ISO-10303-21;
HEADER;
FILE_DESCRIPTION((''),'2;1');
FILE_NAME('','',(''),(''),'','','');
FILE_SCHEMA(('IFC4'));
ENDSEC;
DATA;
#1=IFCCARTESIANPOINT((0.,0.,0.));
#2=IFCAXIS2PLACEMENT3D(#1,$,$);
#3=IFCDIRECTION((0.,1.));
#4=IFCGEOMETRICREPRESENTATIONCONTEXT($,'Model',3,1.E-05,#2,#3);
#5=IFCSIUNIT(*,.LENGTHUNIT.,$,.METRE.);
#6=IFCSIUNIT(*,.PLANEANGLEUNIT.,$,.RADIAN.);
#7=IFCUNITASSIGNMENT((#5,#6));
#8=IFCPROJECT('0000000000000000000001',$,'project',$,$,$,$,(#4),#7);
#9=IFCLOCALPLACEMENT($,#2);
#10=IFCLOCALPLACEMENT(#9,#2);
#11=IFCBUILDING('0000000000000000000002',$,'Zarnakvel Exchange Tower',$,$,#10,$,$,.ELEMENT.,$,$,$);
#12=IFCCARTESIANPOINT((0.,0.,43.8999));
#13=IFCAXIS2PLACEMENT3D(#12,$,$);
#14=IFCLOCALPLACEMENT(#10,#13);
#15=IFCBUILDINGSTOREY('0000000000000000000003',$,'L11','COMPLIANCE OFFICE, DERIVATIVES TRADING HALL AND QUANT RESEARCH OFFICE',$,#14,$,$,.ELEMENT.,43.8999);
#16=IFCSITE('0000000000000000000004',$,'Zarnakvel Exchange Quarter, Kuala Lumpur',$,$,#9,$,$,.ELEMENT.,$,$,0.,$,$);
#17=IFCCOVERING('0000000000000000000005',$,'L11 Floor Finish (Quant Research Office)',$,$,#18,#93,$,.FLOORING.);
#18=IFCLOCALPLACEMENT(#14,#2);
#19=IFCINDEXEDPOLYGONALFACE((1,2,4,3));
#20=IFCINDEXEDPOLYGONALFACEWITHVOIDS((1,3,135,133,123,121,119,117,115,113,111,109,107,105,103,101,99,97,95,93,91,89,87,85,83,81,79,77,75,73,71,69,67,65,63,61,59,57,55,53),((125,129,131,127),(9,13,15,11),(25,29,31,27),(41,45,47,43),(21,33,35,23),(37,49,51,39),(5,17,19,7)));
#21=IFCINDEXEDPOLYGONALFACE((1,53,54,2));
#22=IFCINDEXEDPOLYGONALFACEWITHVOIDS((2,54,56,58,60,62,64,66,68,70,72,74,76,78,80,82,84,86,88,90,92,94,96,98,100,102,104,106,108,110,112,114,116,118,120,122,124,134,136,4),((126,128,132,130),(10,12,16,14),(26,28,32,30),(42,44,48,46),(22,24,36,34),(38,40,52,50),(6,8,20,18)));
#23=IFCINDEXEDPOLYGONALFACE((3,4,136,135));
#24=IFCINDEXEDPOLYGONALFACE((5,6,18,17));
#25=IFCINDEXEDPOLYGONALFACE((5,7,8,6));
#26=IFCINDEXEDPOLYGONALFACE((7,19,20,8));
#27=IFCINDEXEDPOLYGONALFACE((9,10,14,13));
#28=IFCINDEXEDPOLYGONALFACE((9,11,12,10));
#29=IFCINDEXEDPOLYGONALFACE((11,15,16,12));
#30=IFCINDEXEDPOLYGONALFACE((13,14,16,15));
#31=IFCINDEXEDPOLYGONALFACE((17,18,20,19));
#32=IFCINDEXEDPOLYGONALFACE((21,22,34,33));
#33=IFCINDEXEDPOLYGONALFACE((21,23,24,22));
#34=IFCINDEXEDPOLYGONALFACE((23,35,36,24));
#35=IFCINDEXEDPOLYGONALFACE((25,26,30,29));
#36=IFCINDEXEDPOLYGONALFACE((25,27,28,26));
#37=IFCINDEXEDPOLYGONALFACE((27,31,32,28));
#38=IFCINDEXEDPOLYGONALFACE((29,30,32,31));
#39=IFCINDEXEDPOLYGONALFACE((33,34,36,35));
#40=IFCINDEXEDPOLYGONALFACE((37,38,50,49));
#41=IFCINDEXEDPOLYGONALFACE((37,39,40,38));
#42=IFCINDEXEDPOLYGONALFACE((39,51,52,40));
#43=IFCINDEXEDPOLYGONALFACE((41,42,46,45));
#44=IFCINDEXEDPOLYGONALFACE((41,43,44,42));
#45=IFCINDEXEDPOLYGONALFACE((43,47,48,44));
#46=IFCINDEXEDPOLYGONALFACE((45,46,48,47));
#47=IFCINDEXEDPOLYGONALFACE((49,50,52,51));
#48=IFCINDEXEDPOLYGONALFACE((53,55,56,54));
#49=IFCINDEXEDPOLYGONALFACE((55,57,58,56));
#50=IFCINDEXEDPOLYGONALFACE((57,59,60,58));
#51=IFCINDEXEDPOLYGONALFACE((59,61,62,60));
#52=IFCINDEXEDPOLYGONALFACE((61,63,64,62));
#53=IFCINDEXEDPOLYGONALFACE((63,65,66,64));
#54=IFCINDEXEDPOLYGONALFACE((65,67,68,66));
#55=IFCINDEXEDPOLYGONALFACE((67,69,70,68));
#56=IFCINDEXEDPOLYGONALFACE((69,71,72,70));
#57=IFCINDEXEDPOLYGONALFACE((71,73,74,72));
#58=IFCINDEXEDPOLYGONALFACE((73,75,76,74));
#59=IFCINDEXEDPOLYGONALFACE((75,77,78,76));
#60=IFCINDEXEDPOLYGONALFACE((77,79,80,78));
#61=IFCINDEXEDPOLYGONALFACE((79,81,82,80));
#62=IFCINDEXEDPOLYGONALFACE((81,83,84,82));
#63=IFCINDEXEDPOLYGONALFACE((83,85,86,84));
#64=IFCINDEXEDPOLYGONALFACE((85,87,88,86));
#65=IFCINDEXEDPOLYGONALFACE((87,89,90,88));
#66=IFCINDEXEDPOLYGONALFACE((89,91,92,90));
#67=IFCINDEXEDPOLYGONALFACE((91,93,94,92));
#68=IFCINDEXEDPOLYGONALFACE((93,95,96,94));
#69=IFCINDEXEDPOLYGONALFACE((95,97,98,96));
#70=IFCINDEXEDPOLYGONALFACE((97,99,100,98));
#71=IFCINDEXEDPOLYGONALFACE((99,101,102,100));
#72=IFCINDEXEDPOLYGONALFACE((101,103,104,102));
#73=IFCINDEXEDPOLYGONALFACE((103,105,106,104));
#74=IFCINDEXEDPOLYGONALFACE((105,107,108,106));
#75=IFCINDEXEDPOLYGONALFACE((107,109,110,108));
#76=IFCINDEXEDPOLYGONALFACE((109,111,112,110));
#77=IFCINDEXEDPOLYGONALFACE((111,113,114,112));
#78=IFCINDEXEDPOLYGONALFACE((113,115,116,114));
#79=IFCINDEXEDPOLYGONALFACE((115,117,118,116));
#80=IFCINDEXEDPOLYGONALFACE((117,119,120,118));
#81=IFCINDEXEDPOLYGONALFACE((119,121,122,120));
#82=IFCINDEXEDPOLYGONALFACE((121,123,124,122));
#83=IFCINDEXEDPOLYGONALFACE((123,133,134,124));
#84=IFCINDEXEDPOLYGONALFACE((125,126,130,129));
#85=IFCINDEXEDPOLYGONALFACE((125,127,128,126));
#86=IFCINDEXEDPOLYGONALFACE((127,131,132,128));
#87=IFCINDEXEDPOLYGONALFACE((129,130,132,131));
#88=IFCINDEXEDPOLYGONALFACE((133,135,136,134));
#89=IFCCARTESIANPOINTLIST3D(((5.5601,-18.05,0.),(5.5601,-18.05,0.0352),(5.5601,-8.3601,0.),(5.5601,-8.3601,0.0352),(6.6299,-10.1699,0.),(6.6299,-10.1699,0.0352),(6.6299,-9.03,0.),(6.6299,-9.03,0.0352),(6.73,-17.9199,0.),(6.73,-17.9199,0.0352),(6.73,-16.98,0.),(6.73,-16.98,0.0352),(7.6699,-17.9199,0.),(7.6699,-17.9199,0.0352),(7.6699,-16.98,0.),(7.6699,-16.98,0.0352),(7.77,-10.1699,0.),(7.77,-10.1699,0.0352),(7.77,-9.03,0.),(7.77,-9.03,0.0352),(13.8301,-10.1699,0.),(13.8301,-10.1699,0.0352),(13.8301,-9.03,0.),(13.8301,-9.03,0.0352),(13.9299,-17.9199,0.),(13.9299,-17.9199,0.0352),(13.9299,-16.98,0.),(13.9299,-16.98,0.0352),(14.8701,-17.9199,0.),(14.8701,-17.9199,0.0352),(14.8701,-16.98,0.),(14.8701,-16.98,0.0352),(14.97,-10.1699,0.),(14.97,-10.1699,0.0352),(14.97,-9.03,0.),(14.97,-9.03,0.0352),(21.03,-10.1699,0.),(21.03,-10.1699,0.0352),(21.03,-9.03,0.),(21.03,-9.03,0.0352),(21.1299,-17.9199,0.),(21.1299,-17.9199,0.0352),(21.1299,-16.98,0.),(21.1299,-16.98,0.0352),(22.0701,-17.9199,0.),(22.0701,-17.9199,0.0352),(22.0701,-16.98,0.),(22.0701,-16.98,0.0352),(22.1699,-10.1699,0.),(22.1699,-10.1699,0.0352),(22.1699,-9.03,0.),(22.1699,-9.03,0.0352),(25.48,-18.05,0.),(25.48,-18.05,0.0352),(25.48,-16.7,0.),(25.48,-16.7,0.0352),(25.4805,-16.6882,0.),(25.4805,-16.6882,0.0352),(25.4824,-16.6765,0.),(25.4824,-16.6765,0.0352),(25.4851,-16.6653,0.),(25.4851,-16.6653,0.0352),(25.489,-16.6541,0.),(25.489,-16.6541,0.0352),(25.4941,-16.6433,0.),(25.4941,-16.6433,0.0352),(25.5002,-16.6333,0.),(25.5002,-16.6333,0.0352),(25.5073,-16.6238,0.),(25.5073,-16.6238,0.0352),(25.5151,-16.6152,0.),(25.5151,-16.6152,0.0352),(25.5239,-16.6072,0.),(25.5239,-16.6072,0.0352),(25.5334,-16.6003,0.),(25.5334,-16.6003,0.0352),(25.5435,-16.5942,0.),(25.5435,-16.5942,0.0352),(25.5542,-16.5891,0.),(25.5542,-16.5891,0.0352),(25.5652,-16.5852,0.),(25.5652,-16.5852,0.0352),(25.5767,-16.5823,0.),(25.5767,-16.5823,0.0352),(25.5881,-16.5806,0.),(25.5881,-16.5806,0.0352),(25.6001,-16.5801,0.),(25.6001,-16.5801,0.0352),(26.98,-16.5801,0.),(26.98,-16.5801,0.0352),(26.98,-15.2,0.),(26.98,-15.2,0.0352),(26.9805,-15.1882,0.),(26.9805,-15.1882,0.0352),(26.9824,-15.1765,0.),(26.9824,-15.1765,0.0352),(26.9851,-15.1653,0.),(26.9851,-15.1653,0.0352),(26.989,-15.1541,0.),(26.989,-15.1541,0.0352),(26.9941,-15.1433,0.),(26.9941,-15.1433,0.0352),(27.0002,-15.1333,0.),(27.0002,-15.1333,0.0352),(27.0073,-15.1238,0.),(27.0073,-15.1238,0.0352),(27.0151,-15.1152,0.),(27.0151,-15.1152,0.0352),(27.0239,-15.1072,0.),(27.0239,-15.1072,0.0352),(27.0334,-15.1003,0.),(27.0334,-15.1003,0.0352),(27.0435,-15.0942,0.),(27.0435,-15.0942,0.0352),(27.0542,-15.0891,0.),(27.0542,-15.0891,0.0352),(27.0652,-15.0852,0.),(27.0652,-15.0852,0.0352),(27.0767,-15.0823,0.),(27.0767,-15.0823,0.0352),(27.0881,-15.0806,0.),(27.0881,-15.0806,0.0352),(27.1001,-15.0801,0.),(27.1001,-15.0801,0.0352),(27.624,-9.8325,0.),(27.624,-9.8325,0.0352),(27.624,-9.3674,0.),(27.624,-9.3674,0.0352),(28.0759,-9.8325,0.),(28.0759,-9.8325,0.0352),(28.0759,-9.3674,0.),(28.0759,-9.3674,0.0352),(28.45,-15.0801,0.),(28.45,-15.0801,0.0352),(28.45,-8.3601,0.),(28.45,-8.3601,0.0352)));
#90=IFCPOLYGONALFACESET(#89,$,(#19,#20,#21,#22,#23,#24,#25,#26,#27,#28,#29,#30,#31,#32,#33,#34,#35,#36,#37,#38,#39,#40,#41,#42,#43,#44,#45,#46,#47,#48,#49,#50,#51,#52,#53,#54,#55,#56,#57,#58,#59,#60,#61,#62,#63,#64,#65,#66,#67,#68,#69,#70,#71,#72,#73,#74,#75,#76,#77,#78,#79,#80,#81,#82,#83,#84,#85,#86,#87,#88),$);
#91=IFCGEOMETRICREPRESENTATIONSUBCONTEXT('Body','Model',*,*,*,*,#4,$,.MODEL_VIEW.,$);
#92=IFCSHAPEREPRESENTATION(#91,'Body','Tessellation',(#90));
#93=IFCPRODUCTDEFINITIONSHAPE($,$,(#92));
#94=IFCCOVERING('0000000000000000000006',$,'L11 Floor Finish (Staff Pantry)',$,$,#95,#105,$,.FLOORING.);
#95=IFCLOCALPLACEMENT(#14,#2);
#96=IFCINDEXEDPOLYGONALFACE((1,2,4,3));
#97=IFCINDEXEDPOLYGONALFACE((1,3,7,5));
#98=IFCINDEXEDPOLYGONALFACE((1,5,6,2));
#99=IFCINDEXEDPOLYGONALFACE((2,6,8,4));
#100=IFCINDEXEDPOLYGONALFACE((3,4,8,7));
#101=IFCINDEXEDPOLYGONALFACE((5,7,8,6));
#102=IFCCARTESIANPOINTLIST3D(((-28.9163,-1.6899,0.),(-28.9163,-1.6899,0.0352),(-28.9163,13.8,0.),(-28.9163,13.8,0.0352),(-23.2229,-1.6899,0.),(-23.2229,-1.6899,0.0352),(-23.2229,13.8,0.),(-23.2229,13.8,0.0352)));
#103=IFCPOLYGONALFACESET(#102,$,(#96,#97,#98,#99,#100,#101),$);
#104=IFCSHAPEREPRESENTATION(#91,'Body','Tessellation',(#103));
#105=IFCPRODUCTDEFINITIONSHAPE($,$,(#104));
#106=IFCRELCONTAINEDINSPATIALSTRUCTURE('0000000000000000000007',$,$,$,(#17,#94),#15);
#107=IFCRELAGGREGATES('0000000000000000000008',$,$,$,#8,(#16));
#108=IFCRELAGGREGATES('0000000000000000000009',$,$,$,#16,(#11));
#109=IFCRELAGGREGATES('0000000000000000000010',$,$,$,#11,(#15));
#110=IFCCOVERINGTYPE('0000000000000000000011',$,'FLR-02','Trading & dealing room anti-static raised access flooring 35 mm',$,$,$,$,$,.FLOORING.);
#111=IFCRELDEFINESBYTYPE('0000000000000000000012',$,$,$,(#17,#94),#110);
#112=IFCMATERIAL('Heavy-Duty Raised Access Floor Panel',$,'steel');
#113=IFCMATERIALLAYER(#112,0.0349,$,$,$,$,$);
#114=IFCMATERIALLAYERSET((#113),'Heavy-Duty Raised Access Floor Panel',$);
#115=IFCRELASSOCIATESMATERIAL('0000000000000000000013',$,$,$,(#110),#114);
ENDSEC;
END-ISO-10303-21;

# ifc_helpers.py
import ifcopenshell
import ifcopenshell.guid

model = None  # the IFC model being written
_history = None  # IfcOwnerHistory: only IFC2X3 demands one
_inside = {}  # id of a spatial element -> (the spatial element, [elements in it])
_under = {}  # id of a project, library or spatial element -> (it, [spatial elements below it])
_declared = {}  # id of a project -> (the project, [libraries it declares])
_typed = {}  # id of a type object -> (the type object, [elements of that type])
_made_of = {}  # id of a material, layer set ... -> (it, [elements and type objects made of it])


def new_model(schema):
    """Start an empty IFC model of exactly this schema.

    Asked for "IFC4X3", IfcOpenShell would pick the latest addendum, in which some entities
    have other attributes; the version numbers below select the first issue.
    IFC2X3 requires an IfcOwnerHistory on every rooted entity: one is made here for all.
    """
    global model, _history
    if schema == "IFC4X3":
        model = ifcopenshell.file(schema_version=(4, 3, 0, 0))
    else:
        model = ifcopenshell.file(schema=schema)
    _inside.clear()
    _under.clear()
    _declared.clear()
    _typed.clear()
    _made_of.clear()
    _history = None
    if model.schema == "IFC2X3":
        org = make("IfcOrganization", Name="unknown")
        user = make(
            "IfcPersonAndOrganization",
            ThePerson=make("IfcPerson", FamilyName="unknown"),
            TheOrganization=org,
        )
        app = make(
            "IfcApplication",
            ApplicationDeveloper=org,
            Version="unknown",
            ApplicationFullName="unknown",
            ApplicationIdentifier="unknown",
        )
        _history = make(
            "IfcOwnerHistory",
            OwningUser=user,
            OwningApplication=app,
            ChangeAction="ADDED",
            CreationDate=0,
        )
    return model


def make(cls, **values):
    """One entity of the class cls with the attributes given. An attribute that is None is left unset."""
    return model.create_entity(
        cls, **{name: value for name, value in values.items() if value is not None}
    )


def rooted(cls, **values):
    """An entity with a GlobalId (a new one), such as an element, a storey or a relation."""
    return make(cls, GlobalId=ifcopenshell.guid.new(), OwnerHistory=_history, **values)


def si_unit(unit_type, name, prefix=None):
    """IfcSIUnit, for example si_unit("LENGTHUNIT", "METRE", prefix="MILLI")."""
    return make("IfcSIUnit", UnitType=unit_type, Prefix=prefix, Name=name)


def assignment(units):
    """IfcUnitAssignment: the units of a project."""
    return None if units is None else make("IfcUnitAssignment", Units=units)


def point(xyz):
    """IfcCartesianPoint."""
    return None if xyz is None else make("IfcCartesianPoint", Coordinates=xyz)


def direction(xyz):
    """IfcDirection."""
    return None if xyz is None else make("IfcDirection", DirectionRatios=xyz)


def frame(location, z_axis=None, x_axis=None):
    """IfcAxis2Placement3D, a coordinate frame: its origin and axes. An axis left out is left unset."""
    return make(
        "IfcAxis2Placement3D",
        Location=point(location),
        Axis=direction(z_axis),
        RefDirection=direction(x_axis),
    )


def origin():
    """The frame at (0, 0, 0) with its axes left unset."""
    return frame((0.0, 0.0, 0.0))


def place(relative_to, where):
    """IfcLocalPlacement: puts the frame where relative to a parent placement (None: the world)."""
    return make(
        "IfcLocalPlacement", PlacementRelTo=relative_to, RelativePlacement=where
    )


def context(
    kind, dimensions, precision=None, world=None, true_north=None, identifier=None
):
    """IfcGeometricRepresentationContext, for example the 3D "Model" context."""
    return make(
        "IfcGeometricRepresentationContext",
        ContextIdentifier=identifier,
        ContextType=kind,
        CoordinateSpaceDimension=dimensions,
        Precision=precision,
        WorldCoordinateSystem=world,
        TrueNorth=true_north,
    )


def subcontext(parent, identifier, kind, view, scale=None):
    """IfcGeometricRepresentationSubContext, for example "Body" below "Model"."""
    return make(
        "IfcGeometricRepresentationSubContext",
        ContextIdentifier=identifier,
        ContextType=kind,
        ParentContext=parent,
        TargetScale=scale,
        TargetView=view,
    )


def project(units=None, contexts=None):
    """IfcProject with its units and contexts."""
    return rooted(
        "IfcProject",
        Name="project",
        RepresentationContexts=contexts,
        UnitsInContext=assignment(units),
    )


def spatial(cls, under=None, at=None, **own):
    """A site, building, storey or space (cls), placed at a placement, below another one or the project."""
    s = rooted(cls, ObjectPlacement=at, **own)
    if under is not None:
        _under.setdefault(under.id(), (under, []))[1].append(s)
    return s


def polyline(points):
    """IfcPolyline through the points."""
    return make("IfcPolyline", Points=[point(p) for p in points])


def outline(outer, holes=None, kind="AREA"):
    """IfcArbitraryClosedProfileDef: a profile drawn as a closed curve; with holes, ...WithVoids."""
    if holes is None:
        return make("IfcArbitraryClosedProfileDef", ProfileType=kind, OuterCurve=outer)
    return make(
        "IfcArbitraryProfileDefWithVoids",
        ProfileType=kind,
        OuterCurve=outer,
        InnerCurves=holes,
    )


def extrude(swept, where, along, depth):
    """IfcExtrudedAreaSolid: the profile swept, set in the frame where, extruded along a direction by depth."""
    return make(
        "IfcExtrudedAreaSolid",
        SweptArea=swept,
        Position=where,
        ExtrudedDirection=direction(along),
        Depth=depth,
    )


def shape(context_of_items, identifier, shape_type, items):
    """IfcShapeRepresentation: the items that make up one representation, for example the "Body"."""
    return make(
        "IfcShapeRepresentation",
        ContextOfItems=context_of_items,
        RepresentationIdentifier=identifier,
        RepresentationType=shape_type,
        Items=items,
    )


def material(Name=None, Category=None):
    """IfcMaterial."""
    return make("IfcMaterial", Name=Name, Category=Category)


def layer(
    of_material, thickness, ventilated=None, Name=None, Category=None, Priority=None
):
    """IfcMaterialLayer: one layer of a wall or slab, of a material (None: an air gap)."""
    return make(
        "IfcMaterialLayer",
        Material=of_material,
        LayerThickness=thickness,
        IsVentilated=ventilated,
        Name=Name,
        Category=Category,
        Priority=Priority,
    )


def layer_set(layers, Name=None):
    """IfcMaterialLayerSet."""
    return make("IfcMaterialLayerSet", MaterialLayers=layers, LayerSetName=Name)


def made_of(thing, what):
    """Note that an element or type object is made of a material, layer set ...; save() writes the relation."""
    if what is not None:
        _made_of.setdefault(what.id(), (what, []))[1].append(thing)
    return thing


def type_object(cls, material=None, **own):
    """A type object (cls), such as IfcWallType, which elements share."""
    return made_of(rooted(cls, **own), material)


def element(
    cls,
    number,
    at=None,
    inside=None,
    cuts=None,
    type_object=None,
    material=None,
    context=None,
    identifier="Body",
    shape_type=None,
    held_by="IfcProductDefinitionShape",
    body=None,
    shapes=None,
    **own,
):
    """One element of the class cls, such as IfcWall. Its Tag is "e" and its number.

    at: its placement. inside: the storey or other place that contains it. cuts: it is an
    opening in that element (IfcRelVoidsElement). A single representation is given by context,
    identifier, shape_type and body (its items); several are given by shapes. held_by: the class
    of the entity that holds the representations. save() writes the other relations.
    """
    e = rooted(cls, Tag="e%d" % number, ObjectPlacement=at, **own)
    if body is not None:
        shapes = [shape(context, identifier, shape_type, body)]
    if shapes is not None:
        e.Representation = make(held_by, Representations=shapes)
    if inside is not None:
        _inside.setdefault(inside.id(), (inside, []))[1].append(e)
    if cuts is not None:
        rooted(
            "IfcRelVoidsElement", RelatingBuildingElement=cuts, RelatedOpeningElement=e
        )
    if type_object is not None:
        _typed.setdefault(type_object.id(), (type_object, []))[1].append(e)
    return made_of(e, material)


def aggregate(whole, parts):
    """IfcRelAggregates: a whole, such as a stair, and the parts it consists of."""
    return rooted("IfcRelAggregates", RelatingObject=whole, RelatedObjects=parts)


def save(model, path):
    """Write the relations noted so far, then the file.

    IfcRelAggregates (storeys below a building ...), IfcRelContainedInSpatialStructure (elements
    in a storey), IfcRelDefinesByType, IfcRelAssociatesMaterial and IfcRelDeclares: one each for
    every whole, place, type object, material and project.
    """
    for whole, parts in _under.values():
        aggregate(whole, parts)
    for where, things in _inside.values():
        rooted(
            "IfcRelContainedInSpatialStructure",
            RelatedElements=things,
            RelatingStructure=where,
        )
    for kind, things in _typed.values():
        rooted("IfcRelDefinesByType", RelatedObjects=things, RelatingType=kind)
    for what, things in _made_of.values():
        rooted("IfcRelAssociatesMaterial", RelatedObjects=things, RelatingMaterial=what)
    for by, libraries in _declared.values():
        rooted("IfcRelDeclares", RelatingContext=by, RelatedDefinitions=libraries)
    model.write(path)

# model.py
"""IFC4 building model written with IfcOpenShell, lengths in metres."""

from ifc_helpers import new_model, si_unit, direction, frame, origin, place, context, subcontext, project, spatial, polyline, outline, extrude, material, layer, layer_set, type_object, element, save


model = new_model("IFC4")

# Units and contexts
model_context = context("Model", 3, precision=1e-05, world=origin(), true_north=direction((0.0, 1.0)))
body_context = subcontext(model_context, "Body", "Model", "MODEL_VIEW")
ifc_project = project(units=[si_unit("LENGTHUNIT", "METRE"), si_unit("PLANEANGLEUNIT", "RADIAN")], contexts=[model_context])

# Site, building, storey
site_placement = place(None, origin())
site = spatial("IfcSite", under=ifc_project, at=site_placement, Name="Zarnakvel Exchange Quarter, Kuala Lumpur", CompositionType="ELEMENT", RefElevation=0.0)
building_placement = place(site_placement, origin())
building = spatial("IfcBuilding", under=site, at=building_placement, Name="Zarnakvel Exchange Tower", CompositionType="ELEMENT")
storey_placement = place(building_placement, frame((0.0, 0.0, 43.8999)))
storey = spatial("IfcBuildingStorey", under=building, at=storey_placement, Name="L11", Description="COMPLIANCE OFFICE, DERIVATIVES TRADING HALL AND QUANT RESEARCH OFFICE", CompositionType="ELEMENT", Elevation=43.8999)

# Coverings
ifc_material_1 = material(Name="Heavy-Duty Raised Access Floor Panel", Category="steel")
ifc_layer_1 = layer(ifc_material_1, 0.0349)
ifc_layer_set_1 = layer_set([ifc_layer_1], Name="Heavy-Duty Raised Access Floor Panel")
covering_type_1 = type_object("IfcCoveringType", Name="FLR-02", Description="Trading & dealing room anti-static raised access flooring 35 mm", PredefinedType="FLOORING", material=ifc_layer_set_1)
covering_1_placement = place(storey_placement, origin())
element("IfcCovering", 1, at=covering_1_placement, inside=storey, type_object=covering_type_1, Name="L11 Floor Finish (Quant Research Office)", PredefinedType="FLOORING", context=body_context, shape_type="SweptSolid", body=[
    extrude(outline(polyline([(5.5601, -8.3601), (28.45, -8.3601), (28.45, -15.0801), (27.1001, -15.0801), (27.0881, -15.0806), (27.0767, -15.0823), (27.0652, -15.0852), (27.0542, -15.0891), (27.0435, -15.0942), (27.0334, -15.1003), (27.0239, -15.1072), (27.0151, -15.1152), (27.0073, -15.1238), (27.0002, -15.1333), (26.9941, -15.1433), (26.989, -15.1541), (26.9851, -15.1653), (26.9824, -15.1765), (26.9805, -15.1882), (26.98, -15.2), (26.98, -16.5801), (25.6001, -16.5801), (25.5881, -16.5806), (25.5767, -16.5823), (25.5652, -16.5852), (25.5542, -16.5891), (25.5435, -16.5942), (25.5334, -16.6003), (25.5239, -16.6072), (25.5151, -16.6152), (25.5073, -16.6238), (25.5002, -16.6333), (25.4941, -16.6433), (25.489, -16.6541), (25.4851, -16.6653), (25.4824, -16.6765), (25.4805, -16.6882), (25.48, -16.7), (25.48, -18.05), (5.5601, -18.05), (5.5601, -8.3601)]), holes=[polyline([(28.0759, -9.8325), (28.0759, -9.3674), (27.624, -9.3674), (27.624, -9.8325), (28.0759, -9.8325)]), polyline([(22.1699, -10.1699), (22.1699, -9.03), (21.03, -9.03), (21.03, -10.1699), (22.1699, -10.1699)]), polyline([(22.0701, -17.9199), (22.0701, -16.98), (21.1299, -16.98), (21.1299, -17.9199), (22.0701, -17.9199)]), polyline([(13.8301, -10.1699), (14.97, -10.1699), (14.97, -9.03), (13.8301, -9.03), (13.8301, -10.1699)]), polyline([(14.8701, -17.9199), (14.8701, -16.98), (13.9299, -16.98), (13.9299, -17.9199), (14.8701, -17.9199)]), polyline([(6.6299, -10.1699), (7.77, -10.1699), (7.77, -9.03), (6.6299, -9.03), (6.6299, -10.1699)]), polyline([(7.6699, -17.9199), (7.6699, -16.98), (6.73, -16.98), (6.73, -17.9199), (7.6699, -17.9199)])]), origin(), (0.0, 0.0, 1.0), 0.0352),
])
covering_2_placement = place(storey_placement, origin())
element("IfcCovering", 2, at=covering_2_placement, inside=storey, type_object=covering_type_1, Name="L11 Floor Finish (Staff Pantry)", PredefinedType="FLOORING", context=body_context, shape_type="SweptSolid", body=[
    extrude(outline(polyline([(-28.9163, 13.8), (-23.2229, 13.8), (-23.2229, -1.6899), (-28.9163, -1.6899), (-28.9163, 13.8)])), origin(), (0.0, 0.0, 1.0), 0.0352),
])

save(model, "model.ifc")
